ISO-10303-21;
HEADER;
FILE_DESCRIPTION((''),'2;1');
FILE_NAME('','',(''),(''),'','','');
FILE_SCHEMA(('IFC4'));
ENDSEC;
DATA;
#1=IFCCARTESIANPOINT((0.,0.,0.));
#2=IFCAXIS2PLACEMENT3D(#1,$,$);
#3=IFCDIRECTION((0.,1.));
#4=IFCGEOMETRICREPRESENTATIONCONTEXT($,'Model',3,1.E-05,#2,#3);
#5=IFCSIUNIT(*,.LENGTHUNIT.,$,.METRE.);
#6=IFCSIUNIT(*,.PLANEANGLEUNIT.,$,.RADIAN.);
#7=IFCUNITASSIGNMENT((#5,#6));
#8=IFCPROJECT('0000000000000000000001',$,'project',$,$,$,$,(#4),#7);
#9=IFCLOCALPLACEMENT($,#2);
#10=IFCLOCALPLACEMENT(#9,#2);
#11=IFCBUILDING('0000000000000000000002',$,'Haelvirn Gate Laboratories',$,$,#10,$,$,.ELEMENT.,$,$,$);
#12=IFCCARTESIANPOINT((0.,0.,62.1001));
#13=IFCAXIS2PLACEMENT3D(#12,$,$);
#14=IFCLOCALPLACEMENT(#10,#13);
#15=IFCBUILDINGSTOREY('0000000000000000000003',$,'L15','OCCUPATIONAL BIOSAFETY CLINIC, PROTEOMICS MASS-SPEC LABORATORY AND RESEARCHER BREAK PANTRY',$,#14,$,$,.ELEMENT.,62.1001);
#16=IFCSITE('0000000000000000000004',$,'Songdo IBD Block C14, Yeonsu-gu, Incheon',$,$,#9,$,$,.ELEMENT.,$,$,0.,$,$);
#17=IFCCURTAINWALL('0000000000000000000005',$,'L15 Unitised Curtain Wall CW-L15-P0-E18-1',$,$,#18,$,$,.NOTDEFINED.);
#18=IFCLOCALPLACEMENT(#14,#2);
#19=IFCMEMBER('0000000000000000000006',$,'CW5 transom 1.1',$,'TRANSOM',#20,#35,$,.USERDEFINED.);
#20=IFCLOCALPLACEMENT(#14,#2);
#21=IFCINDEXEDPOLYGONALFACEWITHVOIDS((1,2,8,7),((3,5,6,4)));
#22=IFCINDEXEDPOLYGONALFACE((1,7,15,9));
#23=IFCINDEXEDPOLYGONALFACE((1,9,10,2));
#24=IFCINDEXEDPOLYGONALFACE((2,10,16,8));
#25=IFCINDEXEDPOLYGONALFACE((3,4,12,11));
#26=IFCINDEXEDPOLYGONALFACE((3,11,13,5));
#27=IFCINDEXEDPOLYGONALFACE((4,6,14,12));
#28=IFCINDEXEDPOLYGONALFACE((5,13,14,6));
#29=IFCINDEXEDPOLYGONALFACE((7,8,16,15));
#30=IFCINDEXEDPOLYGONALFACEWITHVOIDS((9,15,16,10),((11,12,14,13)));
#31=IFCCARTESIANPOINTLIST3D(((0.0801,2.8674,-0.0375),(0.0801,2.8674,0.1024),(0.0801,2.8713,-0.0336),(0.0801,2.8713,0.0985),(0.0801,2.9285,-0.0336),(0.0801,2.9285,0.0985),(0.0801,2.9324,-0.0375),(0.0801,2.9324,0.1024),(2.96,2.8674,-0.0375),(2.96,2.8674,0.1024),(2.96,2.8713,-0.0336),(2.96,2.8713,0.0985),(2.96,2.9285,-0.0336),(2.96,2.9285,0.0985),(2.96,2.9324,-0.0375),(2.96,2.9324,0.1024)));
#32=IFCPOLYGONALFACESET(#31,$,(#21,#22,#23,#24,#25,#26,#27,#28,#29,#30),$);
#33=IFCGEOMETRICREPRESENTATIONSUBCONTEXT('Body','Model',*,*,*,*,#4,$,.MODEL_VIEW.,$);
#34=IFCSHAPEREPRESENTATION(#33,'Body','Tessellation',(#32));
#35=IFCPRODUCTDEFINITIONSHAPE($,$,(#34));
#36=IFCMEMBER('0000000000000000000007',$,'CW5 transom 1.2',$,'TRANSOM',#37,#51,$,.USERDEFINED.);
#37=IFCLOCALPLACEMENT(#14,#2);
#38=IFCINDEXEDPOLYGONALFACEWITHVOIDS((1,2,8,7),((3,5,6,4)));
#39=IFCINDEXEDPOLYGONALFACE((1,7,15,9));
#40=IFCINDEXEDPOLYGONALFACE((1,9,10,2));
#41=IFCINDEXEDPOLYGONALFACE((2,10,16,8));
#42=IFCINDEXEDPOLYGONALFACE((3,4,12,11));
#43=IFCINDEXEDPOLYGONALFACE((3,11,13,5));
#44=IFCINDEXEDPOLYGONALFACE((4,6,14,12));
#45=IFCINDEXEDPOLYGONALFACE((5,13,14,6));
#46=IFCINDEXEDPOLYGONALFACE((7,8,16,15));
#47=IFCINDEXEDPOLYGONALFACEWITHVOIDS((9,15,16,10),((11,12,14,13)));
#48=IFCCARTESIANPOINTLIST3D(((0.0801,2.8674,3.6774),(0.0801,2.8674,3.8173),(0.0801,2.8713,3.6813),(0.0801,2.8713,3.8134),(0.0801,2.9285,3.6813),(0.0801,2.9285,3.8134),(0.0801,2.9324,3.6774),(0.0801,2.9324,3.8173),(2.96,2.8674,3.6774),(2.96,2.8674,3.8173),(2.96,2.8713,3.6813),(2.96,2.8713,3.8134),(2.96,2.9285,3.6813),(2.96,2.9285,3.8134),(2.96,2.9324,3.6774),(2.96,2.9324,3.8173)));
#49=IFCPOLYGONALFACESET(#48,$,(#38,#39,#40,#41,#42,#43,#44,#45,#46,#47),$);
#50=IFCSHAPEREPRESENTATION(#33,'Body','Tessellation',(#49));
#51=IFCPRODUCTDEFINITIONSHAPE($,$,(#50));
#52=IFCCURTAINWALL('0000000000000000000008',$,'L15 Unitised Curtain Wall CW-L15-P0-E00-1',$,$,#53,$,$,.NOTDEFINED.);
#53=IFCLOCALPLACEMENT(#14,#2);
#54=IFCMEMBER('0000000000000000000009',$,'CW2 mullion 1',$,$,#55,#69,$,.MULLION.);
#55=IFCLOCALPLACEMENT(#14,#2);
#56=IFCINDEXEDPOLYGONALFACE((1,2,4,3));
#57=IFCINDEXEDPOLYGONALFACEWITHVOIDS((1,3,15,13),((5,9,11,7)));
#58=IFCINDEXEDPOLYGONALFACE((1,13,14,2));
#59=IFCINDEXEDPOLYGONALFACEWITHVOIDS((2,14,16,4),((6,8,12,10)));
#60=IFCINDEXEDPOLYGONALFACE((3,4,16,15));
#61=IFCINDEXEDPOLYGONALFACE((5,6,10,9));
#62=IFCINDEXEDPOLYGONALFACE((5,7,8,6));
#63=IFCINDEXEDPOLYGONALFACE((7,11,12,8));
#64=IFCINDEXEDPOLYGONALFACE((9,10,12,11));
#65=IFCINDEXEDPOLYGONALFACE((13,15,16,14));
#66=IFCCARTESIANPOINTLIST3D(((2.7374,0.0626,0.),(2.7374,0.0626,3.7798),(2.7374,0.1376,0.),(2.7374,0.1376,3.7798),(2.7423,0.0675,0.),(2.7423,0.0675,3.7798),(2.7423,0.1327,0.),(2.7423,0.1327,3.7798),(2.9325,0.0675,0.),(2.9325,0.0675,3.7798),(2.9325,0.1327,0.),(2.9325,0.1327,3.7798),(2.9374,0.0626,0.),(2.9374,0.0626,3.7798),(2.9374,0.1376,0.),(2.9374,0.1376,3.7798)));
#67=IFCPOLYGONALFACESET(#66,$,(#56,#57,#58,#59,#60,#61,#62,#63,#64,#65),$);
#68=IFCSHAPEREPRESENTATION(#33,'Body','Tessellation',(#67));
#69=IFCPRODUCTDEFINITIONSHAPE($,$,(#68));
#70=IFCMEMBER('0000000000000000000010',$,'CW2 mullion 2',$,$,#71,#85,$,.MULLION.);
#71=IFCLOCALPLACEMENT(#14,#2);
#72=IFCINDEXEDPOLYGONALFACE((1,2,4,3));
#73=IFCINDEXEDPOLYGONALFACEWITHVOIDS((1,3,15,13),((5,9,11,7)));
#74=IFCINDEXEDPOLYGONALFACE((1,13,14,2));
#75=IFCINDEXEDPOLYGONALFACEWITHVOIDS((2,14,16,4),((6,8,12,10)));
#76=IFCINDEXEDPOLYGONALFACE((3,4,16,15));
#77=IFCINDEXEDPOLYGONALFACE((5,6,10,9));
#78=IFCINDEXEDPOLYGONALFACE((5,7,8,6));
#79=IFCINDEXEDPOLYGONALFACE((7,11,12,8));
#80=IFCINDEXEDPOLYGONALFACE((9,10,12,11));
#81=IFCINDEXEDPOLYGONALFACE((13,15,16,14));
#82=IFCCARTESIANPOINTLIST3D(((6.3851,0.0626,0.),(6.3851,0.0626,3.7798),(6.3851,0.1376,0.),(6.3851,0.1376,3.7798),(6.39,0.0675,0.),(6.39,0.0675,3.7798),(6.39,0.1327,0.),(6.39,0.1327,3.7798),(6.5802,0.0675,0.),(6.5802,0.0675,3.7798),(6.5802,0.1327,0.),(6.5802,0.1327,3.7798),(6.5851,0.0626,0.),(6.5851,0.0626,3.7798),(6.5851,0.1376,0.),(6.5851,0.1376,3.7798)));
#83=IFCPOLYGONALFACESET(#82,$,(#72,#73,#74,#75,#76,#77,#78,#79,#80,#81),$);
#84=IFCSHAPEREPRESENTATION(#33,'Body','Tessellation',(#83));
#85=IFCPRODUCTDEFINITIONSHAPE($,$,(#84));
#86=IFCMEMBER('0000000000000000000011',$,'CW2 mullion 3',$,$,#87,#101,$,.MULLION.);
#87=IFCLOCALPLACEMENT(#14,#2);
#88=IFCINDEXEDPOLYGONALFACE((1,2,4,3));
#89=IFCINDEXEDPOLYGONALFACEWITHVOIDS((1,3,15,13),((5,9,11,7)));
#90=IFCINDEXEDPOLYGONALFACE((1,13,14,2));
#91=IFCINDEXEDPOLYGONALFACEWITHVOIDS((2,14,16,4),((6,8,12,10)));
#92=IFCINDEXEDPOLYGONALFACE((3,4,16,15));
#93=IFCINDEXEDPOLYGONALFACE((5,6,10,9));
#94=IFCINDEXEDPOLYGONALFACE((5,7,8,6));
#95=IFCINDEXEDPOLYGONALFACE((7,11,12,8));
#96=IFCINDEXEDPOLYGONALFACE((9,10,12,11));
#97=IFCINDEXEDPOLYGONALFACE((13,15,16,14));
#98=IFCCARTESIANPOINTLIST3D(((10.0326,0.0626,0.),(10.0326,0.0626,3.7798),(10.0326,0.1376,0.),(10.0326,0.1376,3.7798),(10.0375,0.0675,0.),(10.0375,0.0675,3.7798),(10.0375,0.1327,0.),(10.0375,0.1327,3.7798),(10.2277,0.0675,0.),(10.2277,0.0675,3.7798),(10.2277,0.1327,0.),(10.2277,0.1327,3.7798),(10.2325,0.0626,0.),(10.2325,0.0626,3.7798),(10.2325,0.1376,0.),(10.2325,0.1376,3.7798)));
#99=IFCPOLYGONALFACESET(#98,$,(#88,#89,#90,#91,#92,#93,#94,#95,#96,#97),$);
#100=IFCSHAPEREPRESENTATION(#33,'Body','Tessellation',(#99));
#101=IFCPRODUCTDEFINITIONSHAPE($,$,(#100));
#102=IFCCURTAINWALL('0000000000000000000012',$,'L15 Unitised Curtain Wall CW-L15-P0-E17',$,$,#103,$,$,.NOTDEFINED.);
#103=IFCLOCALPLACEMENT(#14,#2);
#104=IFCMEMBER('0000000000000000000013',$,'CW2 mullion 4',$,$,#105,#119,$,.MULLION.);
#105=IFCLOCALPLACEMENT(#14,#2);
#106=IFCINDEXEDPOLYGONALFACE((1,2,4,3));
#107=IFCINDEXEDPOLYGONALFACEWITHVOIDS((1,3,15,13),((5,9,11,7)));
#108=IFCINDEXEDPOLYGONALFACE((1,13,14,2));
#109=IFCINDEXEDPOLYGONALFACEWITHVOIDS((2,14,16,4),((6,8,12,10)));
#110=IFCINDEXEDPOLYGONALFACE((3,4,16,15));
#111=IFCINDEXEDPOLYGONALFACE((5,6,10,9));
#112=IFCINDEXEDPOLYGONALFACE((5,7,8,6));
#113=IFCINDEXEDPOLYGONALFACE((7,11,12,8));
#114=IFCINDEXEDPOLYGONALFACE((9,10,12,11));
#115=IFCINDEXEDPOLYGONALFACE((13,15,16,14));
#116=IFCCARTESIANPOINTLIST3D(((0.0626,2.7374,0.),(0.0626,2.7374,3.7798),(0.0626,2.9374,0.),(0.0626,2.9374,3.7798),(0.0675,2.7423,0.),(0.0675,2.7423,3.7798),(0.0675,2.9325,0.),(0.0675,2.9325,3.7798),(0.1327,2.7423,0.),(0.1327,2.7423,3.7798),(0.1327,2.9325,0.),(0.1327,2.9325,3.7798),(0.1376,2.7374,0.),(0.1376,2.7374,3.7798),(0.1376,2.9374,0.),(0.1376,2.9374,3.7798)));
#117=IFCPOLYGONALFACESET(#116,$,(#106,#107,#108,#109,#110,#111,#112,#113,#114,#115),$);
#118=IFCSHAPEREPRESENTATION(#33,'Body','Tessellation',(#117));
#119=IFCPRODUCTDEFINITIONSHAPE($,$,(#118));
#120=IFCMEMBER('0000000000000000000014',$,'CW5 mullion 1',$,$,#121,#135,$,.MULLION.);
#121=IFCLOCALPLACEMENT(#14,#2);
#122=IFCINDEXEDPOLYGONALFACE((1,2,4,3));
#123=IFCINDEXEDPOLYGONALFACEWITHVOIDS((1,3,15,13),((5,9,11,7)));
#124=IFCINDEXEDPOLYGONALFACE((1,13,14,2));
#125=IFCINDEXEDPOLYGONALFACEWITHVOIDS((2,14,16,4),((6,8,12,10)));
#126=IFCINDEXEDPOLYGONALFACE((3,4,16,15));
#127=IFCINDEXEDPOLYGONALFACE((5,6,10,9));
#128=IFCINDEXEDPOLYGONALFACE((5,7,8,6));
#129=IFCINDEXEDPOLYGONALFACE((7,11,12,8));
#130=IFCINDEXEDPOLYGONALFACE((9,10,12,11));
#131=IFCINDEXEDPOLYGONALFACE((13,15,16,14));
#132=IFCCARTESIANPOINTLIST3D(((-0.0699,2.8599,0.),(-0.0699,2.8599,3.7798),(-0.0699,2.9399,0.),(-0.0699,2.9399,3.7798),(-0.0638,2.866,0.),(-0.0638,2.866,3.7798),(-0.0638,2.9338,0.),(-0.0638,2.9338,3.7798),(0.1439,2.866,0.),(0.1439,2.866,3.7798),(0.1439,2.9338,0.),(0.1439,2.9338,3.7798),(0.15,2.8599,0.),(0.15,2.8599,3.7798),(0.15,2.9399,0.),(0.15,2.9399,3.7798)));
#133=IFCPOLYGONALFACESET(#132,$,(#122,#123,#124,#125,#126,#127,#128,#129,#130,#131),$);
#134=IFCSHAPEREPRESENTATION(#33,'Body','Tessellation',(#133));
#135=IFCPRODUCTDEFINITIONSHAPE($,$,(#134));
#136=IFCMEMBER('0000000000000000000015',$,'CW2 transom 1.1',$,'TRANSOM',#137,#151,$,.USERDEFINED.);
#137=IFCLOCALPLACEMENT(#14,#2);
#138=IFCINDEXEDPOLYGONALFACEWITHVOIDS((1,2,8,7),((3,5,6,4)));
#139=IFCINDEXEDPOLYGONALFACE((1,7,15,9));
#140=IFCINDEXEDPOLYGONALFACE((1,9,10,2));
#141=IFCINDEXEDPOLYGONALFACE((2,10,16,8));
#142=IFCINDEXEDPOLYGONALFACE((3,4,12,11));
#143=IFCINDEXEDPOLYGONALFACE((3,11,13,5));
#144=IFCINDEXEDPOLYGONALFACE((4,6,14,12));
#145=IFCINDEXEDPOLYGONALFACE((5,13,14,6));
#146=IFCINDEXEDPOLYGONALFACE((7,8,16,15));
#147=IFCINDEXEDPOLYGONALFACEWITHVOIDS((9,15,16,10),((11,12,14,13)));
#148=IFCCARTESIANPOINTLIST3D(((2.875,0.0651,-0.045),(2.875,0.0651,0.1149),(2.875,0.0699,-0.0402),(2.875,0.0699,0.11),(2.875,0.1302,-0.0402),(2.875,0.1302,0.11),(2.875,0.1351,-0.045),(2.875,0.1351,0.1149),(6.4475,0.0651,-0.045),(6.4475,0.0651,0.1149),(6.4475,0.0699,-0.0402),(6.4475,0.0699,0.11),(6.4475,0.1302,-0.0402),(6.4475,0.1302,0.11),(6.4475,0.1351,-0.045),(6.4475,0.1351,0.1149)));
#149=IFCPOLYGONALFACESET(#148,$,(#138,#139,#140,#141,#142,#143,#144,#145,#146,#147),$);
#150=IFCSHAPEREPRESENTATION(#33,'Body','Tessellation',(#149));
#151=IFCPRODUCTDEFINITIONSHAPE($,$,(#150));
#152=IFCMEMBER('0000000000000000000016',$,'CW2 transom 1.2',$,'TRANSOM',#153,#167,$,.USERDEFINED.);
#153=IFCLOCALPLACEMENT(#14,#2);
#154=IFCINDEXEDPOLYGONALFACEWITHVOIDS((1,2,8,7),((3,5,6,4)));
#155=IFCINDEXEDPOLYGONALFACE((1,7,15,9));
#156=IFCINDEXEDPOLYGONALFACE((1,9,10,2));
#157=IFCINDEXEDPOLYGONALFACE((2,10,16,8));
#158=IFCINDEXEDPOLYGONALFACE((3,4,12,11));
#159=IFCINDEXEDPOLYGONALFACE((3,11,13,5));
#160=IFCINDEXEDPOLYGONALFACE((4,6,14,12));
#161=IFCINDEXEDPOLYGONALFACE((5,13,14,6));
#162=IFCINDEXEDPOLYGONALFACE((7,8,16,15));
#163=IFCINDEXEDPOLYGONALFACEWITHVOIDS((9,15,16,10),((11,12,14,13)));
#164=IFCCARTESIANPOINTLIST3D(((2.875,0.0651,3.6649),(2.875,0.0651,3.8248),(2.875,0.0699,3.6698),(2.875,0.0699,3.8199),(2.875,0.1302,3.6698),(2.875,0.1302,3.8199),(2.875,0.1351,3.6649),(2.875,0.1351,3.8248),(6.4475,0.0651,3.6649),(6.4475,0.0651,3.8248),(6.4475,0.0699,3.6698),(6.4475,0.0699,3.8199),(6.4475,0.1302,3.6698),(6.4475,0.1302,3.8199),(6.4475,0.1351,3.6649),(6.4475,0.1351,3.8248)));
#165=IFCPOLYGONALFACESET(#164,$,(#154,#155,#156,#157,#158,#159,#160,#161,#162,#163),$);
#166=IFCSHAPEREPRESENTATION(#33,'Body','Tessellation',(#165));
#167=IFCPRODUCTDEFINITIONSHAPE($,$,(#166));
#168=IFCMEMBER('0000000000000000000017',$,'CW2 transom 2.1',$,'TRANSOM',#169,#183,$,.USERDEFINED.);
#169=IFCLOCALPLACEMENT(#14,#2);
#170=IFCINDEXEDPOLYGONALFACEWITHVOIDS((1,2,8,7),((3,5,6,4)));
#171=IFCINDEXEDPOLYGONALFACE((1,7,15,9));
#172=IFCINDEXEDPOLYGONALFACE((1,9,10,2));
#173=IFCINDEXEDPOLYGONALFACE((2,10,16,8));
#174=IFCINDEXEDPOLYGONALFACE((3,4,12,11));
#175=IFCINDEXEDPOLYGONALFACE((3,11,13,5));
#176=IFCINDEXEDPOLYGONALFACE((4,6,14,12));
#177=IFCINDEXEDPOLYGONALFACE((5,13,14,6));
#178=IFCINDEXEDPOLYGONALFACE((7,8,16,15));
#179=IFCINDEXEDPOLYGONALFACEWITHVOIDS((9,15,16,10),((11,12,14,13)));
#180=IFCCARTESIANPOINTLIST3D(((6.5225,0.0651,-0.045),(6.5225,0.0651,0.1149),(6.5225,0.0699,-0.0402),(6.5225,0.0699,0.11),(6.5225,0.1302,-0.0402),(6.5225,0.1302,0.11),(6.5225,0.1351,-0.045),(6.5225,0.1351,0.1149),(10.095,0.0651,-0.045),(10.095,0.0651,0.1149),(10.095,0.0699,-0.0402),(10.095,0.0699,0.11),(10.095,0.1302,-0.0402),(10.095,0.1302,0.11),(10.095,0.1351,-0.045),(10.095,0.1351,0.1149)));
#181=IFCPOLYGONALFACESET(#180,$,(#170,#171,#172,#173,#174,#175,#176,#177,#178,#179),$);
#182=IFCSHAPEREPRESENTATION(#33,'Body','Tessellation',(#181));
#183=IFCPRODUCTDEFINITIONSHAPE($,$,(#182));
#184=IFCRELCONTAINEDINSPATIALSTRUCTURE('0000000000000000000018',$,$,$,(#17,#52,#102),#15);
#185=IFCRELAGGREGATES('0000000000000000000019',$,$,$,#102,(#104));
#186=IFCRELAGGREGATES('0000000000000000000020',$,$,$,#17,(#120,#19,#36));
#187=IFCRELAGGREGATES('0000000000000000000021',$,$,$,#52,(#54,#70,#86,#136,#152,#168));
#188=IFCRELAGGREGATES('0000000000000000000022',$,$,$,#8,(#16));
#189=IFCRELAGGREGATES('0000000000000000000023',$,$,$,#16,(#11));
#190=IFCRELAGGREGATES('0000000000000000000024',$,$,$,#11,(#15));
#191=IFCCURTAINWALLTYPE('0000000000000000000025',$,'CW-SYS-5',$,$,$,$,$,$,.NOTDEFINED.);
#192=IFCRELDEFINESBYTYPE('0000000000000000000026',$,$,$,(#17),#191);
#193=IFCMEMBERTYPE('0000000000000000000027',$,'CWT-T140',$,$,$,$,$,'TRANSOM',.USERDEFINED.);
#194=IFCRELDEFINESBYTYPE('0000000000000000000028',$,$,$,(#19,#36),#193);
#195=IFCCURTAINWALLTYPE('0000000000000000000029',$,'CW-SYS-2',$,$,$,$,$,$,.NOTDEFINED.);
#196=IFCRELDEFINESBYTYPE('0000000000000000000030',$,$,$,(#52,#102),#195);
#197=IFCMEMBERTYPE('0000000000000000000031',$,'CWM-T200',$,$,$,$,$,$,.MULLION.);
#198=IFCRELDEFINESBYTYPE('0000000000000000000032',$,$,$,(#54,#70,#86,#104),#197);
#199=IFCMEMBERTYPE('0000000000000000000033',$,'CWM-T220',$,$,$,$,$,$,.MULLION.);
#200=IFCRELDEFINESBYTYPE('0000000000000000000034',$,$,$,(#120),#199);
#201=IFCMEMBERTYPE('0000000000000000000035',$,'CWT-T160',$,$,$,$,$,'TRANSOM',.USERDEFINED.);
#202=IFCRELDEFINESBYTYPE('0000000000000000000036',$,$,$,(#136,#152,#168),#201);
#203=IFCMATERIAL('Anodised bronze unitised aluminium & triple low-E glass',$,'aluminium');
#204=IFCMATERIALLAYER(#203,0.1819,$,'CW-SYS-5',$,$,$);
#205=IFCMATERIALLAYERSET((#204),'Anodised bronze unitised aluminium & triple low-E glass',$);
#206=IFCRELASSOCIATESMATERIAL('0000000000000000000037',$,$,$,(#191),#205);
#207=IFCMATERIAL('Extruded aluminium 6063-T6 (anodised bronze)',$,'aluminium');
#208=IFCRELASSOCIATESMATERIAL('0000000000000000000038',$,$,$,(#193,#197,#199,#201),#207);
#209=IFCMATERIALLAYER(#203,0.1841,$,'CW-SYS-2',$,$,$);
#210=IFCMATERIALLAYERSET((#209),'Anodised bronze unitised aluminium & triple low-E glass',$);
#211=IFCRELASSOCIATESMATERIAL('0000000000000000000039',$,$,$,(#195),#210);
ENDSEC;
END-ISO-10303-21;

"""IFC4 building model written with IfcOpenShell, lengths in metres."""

from ifc_helpers import new_model, si_unit, direction, frame, origin, origin_2d, place, context, subcontext, project, spatial, hollow_rectangle, extrude, source, transform, mapped, material, layer, layer_set, material_profile, profile_set, type_object, type_shapes, element, aggregate, save


model = new_model("IFC4")

# Units and contexts
model_context = context("Model", 3, precision=1e-05, world=origin(), true_north=direction((0.0, 1.0)))
body_context = subcontext(model_context, "Body", "Model", "MODEL_VIEW")
ifc_project = project(units=[si_unit("LENGTHUNIT", "METRE"), si_unit("PLANEANGLEUNIT", "RADIAN")], contexts=[model_context])

# Site, building, storey
site_placement = place(None, origin())
site = spatial("IfcSite", under=ifc_project, at=site_placement, Name="Songdo IBD Block C14, Yeonsu-gu, Incheon", CompositionType="ELEMENT", RefElevation=0.0)
building_placement = place(site_placement, origin())
building = spatial("IfcBuilding", under=site, at=building_placement, Name="Haelvirn Gate Laboratories", CompositionType="ELEMENT")
storey_placement = place(building_placement, frame((0.0, 0.0, 62.1001)))
storey = spatial("IfcBuildingStorey", under=building, at=storey_placement, Name="L15", Description="OCCUPATIONAL BIOSAFETY CLINIC, PROTEOMICS MASS-SPEC LABORATORY AND RESEARCHER BREAK PANTRY", CompositionType="ELEMENT", Elevation=62.1001)

# Curtain walls, members
ifc_material_1 = material(Name="Anodised bronze unitised aluminium & triple low-E glass", Category="aluminium")
ifc_layer_1 = layer(ifc_material_1, 0.1819, Name="CW-SYS-5")
ifc_layer_set_1 = layer_set([ifc_layer_1], Name="Anodised bronze unitised aluminium & triple low-E glass")
curtain_wall_type_1 = type_object("IfcCurtainWallType", Name="CW-SYS-5", PredefinedType="NOTDEFINED", material=ifc_layer_set_1)
curtain_wall_1_placement = place(storey_placement, origin())
curtain_wall_1 = element("IfcCurtainWall", 1, at=curtain_wall_1_placement, inside=storey, type_object=curtain_wall_type_1, Name="L15 Unitised Curtain Wall CW-L15-P0-E18-1", PredefinedType="NOTDEFINED")
ifc_material_2 = material(Name="Extruded aluminium 6063-T6 (anodised bronze)", Category="aluminium")
ifc_material_profile_1 = material_profile(ifc_material_2, hollow_rectangle(XDim=0.0649, YDim=0.1399, WallThickness=0.0039, at=origin_2d()), Name="CWT-140x65x4")
ifc_profile_set_1 = profile_set([ifc_material_profile_1], Name="Extruded aluminium 6063-T6 (anodised bronze)")
member_type_1 = type_object("IfcMemberType", Name="CWT-T140", ElementType="TRANSOM", PredefinedType="USERDEFINED", material=ifc_profile_set_1)
shared_shape_1 = source(origin(), body_context, "Body", "SweptSolid", [
    extrude(hollow_rectangle(XDim=0.0649, YDim=0.1399, WallThickness=0.0039, at=origin_2d()), origin(), (0.0, 0.0, 1.0), 2.8799),
])
type_shapes(member_type_1, [shared_shape_1])
member_1_placement = place(storey_placement, frame((0.0801, 2.8999, 0.0325), z_axis=(1.0, 0.0, 0.0), x_axis=(0.0, 1.0, 0.0)))
member_1 = element("IfcMember", 2, at=member_1_placement, type_object=member_type_1, Name="CW5 transom 1.1", ObjectType="TRANSOM", PredefinedType="USERDEFINED", context=body_context, shape_type="MappedRepresentation", body=[
    mapped(shared_shape_1, transform((0.0, 0.0, 0.0), scale=1.0)),
])
member_2_placement = place(storey_placement, frame((0.0801, 2.8999, 3.7473), z_axis=(1.0, 0.0, 0.0), x_axis=(0.0, 1.0, 0.0)))
member_2 = element("IfcMember", 3, at=member_2_placement, type_object=member_type_1, Name="CW5 transom 1.2", ObjectType="TRANSOM", PredefinedType="USERDEFINED", context=body_context, shape_type="MappedRepresentation", body=[
    mapped(shared_shape_1, transform((0.0, 0.0, 0.0), scale=1.0)),
])
ifc_layer_2 = layer(ifc_material_1, 0.1841, Name="CW-SYS-2")
ifc_layer_set_2 = layer_set([ifc_layer_2], Name="Anodised bronze unitised aluminium & triple low-E glass")
curtain_wall_type_2 = type_object("IfcCurtainWallType", Name="CW-SYS-2", PredefinedType="NOTDEFINED", material=ifc_layer_set_2)
curtain_wall_2_placement = place(storey_placement, origin())
curtain_wall_2 = element("IfcCurtainWall", 4, at=curtain_wall_2_placement, inside=storey, type_object=curtain_wall_type_2, Name="L15 Unitised Curtain Wall CW-L15-P0-E00-1", PredefinedType="NOTDEFINED")
ifc_material_profile_2 = material_profile(ifc_material_2, hollow_rectangle(XDim=0.075, YDim=0.2, WallThickness=0.0049, at=origin_2d()), Name="CWM-200x75x5")
ifc_profile_set_2 = profile_set([ifc_material_profile_2], Name="Extruded aluminium 6063-T6 (anodised bronze)")
member_type_2 = type_object("IfcMemberType", Name="CWM-T200", PredefinedType="MULLION", material=ifc_profile_set_2)
shared_shape_2 = source(origin(), body_context, "Body", "SweptSolid", [
    extrude(hollow_rectangle(XDim=0.075, YDim=0.2, WallThickness=0.0049, at=origin_2d()), origin(), (0.0, 0.0, 1.0), 3.7798),
])
type_shapes(member_type_2, [shared_shape_2])
member_3_placement = place(storey_placement, frame((2.8374, 0.1001, 0.0), z_axis=(0.0, 0.0, 1.0), x_axis=(0.0, 1.0, 0.0)))
member_3 = element("IfcMember", 5, at=member_3_placement, type_object=member_type_2, Name="CW2 mullion 1", PredefinedType="MULLION", context=body_context, shape_type="MappedRepresentation", body=[
    mapped(shared_shape_2, transform((0.0, 0.0, 0.0), scale=1.0)),
])
member_4_placement = place(storey_placement, frame((6.4851, 0.1001, 0.0), z_axis=(0.0, 0.0, 1.0), x_axis=(0.0, 1.0, 0.0)))
member_4 = element("IfcMember", 6, at=member_4_placement, type_object=member_type_2, Name="CW2 mullion 2", PredefinedType="MULLION", context=body_context, shape_type="MappedRepresentation", body=[
    mapped(shared_shape_2, transform((0.0, 0.0, 0.0), scale=1.0)),
])
member_5_placement = place(storey_placement, frame((10.1326, 0.1001, 0.0), z_axis=(0.0, 0.0, 1.0), x_axis=(0.0, 1.0, 0.0)))
member_5 = element("IfcMember", 7, at=member_5_placement, type_object=member_type_2, Name="CW2 mullion 3", PredefinedType="MULLION", context=body_context, shape_type="MappedRepresentation", body=[
    mapped(shared_shape_2, transform((0.0, 0.0, 0.0), scale=1.0)),
])

# Curtain wall, member
curtain_wall_3_placement = place(storey_placement, origin())
curtain_wall_3 = element("IfcCurtainWall", 8, at=curtain_wall_3_placement, inside=storey, type_object=curtain_wall_type_2, Name="L15 Unitised Curtain Wall CW-L15-P0-E17", PredefinedType="NOTDEFINED")
member_6_placement = place(storey_placement, frame((0.1001, 2.8374, 0.0), z_axis=(0.0, 0.0, 1.0), x_axis=(1.0, 0.0, 0.0)))
member_6 = element("IfcMember", 9, at=member_6_placement, type_object=member_type_2, Name="CW2 mullion 4", PredefinedType="MULLION", context=body_context, shape_type="MappedRepresentation", body=[
    mapped(shared_shape_2, transform((0.0, 0.0, 0.0), scale=1.0)),
])
aggregate(curtain_wall_3, [member_6])

# Members
ifc_material_profile_3 = material_profile(ifc_material_2, hollow_rectangle(XDim=0.0801, YDim=0.22, WallThickness=0.0061, at=origin_2d()), Name="CWM-220x80x6")
ifc_profile_set_3 = profile_set([ifc_material_profile_3], Name="Extruded aluminium 6063-T6 (anodised bronze)")
member_type_3 = type_object("IfcMemberType", Name="CWM-T220", PredefinedType="MULLION", material=ifc_profile_set_3)
shared_shape_3 = source(origin(), body_context, "Body", "SweptSolid", [
    extrude(hollow_rectangle(XDim=0.0801, YDim=0.22, WallThickness=0.0061, at=origin_2d()), origin(), (0.0, 0.0, 1.0), 3.7798),
])
type_shapes(member_type_3, [shared_shape_3])
member_7_placement = place(storey_placement, frame((0.04, 2.8999, 0.0), z_axis=(0.0, 0.0, 1.0), x_axis=(0.0, 1.0, 0.0)))
member_7 = element("IfcMember", 10, at=member_7_placement, type_object=member_type_3, Name="CW5 mullion 1", PredefinedType="MULLION", context=body_context, shape_type="MappedRepresentation", body=[
    mapped(shared_shape_3, transform((0.0, 0.0, 0.0), scale=1.0)),
])
ifc_material_profile_4 = material_profile(ifc_material_2, hollow_rectangle(XDim=0.0701, YDim=0.1599, WallThickness=0.0049, at=origin_2d()), Name="CWT-160x70x5")
ifc_profile_set_4 = profile_set([ifc_material_profile_4], Name="Extruded aluminium 6063-T6 (anodised bronze)")
member_type_4 = type_object("IfcMemberType", Name="CWT-T160", ElementType="TRANSOM", PredefinedType="USERDEFINED", material=ifc_profile_set_4)
shared_shape_4 = source(origin(), body_context, "Body", "SweptSolid", [
    extrude(hollow_rectangle(XDim=0.0701, YDim=0.1599, WallThickness=0.0049, at=origin_2d()), origin(), (0.0, 0.0, 1.0), 3.5725),
])
type_shapes(member_type_4, [shared_shape_4])
member_8_placement = place(storey_placement, frame((2.875, 0.1001, 0.0349), z_axis=(1.0, 0.0, 0.0), x_axis=(0.0, 1.0, 0.0)))
member_8 = element("IfcMember", 11, at=member_8_placement, type_object=member_type_4, Name="CW2 transom 1.1", ObjectType="TRANSOM", PredefinedType="USERDEFINED", context=body_context, shape_type="MappedRepresentation", body=[
    mapped(shared_shape_4, transform((0.0, 0.0, 0.0), scale=1.0)),
])
member_9_placement = place(storey_placement, frame((2.875, 0.1001, 3.7449), z_axis=(1.0, 0.0, 0.0), x_axis=(0.0, 1.0, 0.0)))
member_9 = element("IfcMember", 12, at=member_9_placement, type_object=member_type_4, Name="CW2 transom 1.2", ObjectType="TRANSOM", PredefinedType="USERDEFINED", context=body_context, shape_type="MappedRepresentation", body=[
    mapped(shared_shape_4, transform((0.0, 0.0, 0.0), scale=1.0)),
])
member_10_placement = place(storey_placement, frame((6.5225, 0.1001, 0.0349), z_axis=(1.0, 0.0, 0.0), x_axis=(0.0, 1.0, 0.0)))
member_10 = element("IfcMember", 13, at=member_10_placement, type_object=member_type_4, Name="CW2 transom 2.1", ObjectType="TRANSOM", PredefinedType="USERDEFINED", context=body_context, shape_type="MappedRepresentation", body=[
    mapped(shared_shape_4, transform((0.0, 0.0, 0.0), scale=1.0)),
])

aggregate(curtain_wall_1, [member_7, member_1, member_2])
aggregate(curtain_wall_2, [member_3, member_4, member_5, member_8, member_9, member_10])

save(model, "model.ifc")
